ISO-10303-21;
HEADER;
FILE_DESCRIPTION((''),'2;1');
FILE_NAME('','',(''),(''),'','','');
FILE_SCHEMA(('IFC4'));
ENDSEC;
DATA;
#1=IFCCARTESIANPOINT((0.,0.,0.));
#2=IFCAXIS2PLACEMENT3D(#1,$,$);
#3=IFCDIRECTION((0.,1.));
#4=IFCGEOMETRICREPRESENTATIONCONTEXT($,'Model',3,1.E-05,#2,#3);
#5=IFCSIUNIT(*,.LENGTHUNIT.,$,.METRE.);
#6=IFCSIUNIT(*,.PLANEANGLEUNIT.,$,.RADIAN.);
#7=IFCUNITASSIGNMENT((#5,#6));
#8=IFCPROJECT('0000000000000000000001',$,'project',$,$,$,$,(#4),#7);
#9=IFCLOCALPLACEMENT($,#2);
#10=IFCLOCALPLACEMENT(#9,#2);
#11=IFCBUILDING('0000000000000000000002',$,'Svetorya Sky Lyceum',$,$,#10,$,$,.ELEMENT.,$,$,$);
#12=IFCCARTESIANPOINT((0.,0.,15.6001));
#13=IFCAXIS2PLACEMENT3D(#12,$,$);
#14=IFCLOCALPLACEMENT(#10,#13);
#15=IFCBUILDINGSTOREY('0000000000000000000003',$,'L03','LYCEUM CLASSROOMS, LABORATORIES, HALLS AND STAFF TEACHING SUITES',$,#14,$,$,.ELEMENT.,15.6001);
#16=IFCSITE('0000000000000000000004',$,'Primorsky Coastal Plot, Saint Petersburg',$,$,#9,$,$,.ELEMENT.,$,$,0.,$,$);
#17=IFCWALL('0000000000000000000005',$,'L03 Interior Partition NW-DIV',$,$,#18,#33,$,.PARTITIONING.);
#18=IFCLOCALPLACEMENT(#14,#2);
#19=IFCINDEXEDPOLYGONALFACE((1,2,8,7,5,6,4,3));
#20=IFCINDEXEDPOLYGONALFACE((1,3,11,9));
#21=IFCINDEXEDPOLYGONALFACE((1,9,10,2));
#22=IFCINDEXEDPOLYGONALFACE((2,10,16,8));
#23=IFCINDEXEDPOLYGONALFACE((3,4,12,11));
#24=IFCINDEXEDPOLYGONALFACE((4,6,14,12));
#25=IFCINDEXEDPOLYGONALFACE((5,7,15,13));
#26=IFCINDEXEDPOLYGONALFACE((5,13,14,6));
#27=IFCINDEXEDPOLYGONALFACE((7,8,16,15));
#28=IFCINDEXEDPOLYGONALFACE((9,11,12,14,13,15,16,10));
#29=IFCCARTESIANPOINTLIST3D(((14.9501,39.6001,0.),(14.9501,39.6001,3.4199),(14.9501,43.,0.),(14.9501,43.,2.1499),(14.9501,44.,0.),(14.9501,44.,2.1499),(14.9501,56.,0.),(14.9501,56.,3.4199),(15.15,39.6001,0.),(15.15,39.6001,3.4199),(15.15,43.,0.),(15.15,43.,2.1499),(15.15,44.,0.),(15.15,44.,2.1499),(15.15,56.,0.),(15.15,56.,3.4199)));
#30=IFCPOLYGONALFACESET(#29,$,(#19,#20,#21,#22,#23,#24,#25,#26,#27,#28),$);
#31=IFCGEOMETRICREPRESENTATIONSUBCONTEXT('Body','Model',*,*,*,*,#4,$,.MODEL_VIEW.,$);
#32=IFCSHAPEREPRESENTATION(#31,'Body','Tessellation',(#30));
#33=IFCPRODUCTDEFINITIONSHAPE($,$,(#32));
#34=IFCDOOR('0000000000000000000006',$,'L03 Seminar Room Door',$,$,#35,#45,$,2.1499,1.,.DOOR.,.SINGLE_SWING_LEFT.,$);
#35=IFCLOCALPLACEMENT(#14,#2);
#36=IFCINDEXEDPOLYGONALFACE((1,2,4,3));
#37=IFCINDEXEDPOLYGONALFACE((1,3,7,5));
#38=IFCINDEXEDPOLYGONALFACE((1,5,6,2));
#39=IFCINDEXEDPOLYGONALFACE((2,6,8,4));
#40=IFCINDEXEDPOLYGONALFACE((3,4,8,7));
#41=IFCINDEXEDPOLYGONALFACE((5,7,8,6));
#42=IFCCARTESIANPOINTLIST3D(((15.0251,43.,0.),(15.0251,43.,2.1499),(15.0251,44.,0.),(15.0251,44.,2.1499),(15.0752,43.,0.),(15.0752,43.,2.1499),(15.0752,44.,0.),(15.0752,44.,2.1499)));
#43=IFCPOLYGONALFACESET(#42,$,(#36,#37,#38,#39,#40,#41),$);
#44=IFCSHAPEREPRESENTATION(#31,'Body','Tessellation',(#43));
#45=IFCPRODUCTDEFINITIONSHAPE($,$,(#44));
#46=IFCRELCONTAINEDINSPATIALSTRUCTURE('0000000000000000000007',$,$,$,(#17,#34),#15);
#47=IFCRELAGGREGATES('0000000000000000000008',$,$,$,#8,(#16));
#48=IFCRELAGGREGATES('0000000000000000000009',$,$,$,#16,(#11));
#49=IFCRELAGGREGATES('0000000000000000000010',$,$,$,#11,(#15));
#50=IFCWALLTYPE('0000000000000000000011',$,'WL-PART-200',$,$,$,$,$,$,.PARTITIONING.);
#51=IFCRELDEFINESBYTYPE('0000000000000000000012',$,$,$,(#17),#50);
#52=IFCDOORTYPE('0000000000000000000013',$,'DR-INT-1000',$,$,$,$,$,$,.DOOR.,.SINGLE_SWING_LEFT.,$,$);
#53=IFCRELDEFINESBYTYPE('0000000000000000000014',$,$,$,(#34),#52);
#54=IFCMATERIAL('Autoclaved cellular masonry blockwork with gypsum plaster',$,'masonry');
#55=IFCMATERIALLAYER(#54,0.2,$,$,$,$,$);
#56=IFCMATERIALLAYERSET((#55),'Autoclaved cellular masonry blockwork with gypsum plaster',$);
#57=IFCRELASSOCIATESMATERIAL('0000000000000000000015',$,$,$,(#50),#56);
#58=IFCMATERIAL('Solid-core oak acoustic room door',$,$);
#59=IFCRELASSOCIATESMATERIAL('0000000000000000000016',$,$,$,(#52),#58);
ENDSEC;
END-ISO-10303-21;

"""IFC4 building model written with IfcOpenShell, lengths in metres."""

from ifc_helpers import new_model, si_unit, direction, frame, frame_2d, origin, place, context, subcontext, project, spatial, rectangle, extrude, material, layer, layer_set, type_object, element, fill, save


model = new_model("IFC4")

# Units and contexts
model_context = context("Model", 3, precision=1e-05, world=origin(), true_north=direction((0.0, 1.0)))
body_context = subcontext(model_context, "Body", "Model", "MODEL_VIEW")
ifc_project = project(units=[si_unit("LENGTHUNIT", "METRE"), si_unit("PLANEANGLEUNIT", "RADIAN")], contexts=[model_context])

# Site, building, storey
site_placement = place(None, origin())
site = spatial("IfcSite", under=ifc_project, at=site_placement, Name="Primorsky Coastal Plot, Saint Petersburg", CompositionType="ELEMENT", RefElevation=0.0)
building_placement = place(site_placement, origin())
building = spatial("IfcBuilding", under=site, at=building_placement, Name="Svetorya Sky Lyceum", CompositionType="ELEMENT")
storey_placement = place(building_placement, frame((0.0, 0.0, 15.6001)))
storey = spatial("IfcBuildingStorey", under=building, at=storey_placement, Name="L03", Description="LYCEUM CLASSROOMS, LABORATORIES, HALLS AND STAFF TEACHING SUITES", CompositionType="ELEMENT", Elevation=15.6001)

# Wall, opening, door
ifc_material_1 = material(Name="Autoclaved cellular masonry blockwork with gypsum plaster", Category="masonry")
ifc_layer_1 = layer(ifc_material_1, 0.2)
ifc_layer_set_1 = layer_set([ifc_layer_1], Name="Autoclaved cellular masonry blockwork with gypsum plaster")
wall_type_1 = type_object("IfcWallType", Name="WL-PART-200", PredefinedType="PARTITIONING", material=ifc_layer_set_1)
wall_1_placement = place(storey_placement, frame((15.05, 39.6001, 0.0), z_axis=(0.0, 0.0, 1.0), x_axis=(0.0, 1.0, 0.0)))
wall_1 = element("IfcWall", 1, at=wall_1_placement, inside=storey, type_object=wall_type_1, Name="L03 Interior Partition NW-DIV", PredefinedType="PARTITIONING", context=body_context, shape_type="SweptSolid", body=[
    extrude(rectangle(XDim=16.3999, YDim=0.2, at=frame_2d((8.2, 0.0))), origin(), (0.0, 0.0, 1.0), 3.4199),
])
opening_1_placement = place(wall_1_placement, frame((3.3999, 0.0, 0.0)))
opening_1 = element("IfcOpeningElement", 2, at=opening_1_placement, cuts=wall_1, PredefinedType="OPENING", context=body_context, shape_type="SweptSolid", body=[
    extrude(rectangle(XDim=1.0, YDim=2.1499, at=frame_2d((0.5, 1.075))), frame((0.0, 0.1099, 0.0), z_axis=(0.0, -1.0, 0.0), x_axis=(1.0, 0.0, 0.0)), (0.0, 0.0, 1.0), 0.22),
])
ifc_material_2 = material(Name="Solid-core oak acoustic room door")
door_type = type_object("IfcDoorType", Name="DR-INT-1000", OperationType="SINGLE_SWING_LEFT", PredefinedType="DOOR", material=ifc_material_2)
door_placement = place(opening_1_placement, origin())
door = element("IfcDoor", 3, at=door_placement, inside=storey, type_object=door_type, Name="L03 Seminar Room Door", OperationType="SINGLE_SWING_LEFT", OverallHeight=2.1499, OverallWidth=1.0, PredefinedType="DOOR", context=body_context, shape_type="SweptSolid", body=[
    extrude(rectangle(XDim=1.0, YDim=2.1499, at=frame_2d((0.5, 1.075))), frame((0.0, 0.0249, 0.0), z_axis=(0.0, -1.0, 0.0), x_axis=(1.0, 0.0, 0.0)), (0.0, 0.0, 1.0), 0.05),
])
fill(opening_1, door)

save(model, "model.ifc")
